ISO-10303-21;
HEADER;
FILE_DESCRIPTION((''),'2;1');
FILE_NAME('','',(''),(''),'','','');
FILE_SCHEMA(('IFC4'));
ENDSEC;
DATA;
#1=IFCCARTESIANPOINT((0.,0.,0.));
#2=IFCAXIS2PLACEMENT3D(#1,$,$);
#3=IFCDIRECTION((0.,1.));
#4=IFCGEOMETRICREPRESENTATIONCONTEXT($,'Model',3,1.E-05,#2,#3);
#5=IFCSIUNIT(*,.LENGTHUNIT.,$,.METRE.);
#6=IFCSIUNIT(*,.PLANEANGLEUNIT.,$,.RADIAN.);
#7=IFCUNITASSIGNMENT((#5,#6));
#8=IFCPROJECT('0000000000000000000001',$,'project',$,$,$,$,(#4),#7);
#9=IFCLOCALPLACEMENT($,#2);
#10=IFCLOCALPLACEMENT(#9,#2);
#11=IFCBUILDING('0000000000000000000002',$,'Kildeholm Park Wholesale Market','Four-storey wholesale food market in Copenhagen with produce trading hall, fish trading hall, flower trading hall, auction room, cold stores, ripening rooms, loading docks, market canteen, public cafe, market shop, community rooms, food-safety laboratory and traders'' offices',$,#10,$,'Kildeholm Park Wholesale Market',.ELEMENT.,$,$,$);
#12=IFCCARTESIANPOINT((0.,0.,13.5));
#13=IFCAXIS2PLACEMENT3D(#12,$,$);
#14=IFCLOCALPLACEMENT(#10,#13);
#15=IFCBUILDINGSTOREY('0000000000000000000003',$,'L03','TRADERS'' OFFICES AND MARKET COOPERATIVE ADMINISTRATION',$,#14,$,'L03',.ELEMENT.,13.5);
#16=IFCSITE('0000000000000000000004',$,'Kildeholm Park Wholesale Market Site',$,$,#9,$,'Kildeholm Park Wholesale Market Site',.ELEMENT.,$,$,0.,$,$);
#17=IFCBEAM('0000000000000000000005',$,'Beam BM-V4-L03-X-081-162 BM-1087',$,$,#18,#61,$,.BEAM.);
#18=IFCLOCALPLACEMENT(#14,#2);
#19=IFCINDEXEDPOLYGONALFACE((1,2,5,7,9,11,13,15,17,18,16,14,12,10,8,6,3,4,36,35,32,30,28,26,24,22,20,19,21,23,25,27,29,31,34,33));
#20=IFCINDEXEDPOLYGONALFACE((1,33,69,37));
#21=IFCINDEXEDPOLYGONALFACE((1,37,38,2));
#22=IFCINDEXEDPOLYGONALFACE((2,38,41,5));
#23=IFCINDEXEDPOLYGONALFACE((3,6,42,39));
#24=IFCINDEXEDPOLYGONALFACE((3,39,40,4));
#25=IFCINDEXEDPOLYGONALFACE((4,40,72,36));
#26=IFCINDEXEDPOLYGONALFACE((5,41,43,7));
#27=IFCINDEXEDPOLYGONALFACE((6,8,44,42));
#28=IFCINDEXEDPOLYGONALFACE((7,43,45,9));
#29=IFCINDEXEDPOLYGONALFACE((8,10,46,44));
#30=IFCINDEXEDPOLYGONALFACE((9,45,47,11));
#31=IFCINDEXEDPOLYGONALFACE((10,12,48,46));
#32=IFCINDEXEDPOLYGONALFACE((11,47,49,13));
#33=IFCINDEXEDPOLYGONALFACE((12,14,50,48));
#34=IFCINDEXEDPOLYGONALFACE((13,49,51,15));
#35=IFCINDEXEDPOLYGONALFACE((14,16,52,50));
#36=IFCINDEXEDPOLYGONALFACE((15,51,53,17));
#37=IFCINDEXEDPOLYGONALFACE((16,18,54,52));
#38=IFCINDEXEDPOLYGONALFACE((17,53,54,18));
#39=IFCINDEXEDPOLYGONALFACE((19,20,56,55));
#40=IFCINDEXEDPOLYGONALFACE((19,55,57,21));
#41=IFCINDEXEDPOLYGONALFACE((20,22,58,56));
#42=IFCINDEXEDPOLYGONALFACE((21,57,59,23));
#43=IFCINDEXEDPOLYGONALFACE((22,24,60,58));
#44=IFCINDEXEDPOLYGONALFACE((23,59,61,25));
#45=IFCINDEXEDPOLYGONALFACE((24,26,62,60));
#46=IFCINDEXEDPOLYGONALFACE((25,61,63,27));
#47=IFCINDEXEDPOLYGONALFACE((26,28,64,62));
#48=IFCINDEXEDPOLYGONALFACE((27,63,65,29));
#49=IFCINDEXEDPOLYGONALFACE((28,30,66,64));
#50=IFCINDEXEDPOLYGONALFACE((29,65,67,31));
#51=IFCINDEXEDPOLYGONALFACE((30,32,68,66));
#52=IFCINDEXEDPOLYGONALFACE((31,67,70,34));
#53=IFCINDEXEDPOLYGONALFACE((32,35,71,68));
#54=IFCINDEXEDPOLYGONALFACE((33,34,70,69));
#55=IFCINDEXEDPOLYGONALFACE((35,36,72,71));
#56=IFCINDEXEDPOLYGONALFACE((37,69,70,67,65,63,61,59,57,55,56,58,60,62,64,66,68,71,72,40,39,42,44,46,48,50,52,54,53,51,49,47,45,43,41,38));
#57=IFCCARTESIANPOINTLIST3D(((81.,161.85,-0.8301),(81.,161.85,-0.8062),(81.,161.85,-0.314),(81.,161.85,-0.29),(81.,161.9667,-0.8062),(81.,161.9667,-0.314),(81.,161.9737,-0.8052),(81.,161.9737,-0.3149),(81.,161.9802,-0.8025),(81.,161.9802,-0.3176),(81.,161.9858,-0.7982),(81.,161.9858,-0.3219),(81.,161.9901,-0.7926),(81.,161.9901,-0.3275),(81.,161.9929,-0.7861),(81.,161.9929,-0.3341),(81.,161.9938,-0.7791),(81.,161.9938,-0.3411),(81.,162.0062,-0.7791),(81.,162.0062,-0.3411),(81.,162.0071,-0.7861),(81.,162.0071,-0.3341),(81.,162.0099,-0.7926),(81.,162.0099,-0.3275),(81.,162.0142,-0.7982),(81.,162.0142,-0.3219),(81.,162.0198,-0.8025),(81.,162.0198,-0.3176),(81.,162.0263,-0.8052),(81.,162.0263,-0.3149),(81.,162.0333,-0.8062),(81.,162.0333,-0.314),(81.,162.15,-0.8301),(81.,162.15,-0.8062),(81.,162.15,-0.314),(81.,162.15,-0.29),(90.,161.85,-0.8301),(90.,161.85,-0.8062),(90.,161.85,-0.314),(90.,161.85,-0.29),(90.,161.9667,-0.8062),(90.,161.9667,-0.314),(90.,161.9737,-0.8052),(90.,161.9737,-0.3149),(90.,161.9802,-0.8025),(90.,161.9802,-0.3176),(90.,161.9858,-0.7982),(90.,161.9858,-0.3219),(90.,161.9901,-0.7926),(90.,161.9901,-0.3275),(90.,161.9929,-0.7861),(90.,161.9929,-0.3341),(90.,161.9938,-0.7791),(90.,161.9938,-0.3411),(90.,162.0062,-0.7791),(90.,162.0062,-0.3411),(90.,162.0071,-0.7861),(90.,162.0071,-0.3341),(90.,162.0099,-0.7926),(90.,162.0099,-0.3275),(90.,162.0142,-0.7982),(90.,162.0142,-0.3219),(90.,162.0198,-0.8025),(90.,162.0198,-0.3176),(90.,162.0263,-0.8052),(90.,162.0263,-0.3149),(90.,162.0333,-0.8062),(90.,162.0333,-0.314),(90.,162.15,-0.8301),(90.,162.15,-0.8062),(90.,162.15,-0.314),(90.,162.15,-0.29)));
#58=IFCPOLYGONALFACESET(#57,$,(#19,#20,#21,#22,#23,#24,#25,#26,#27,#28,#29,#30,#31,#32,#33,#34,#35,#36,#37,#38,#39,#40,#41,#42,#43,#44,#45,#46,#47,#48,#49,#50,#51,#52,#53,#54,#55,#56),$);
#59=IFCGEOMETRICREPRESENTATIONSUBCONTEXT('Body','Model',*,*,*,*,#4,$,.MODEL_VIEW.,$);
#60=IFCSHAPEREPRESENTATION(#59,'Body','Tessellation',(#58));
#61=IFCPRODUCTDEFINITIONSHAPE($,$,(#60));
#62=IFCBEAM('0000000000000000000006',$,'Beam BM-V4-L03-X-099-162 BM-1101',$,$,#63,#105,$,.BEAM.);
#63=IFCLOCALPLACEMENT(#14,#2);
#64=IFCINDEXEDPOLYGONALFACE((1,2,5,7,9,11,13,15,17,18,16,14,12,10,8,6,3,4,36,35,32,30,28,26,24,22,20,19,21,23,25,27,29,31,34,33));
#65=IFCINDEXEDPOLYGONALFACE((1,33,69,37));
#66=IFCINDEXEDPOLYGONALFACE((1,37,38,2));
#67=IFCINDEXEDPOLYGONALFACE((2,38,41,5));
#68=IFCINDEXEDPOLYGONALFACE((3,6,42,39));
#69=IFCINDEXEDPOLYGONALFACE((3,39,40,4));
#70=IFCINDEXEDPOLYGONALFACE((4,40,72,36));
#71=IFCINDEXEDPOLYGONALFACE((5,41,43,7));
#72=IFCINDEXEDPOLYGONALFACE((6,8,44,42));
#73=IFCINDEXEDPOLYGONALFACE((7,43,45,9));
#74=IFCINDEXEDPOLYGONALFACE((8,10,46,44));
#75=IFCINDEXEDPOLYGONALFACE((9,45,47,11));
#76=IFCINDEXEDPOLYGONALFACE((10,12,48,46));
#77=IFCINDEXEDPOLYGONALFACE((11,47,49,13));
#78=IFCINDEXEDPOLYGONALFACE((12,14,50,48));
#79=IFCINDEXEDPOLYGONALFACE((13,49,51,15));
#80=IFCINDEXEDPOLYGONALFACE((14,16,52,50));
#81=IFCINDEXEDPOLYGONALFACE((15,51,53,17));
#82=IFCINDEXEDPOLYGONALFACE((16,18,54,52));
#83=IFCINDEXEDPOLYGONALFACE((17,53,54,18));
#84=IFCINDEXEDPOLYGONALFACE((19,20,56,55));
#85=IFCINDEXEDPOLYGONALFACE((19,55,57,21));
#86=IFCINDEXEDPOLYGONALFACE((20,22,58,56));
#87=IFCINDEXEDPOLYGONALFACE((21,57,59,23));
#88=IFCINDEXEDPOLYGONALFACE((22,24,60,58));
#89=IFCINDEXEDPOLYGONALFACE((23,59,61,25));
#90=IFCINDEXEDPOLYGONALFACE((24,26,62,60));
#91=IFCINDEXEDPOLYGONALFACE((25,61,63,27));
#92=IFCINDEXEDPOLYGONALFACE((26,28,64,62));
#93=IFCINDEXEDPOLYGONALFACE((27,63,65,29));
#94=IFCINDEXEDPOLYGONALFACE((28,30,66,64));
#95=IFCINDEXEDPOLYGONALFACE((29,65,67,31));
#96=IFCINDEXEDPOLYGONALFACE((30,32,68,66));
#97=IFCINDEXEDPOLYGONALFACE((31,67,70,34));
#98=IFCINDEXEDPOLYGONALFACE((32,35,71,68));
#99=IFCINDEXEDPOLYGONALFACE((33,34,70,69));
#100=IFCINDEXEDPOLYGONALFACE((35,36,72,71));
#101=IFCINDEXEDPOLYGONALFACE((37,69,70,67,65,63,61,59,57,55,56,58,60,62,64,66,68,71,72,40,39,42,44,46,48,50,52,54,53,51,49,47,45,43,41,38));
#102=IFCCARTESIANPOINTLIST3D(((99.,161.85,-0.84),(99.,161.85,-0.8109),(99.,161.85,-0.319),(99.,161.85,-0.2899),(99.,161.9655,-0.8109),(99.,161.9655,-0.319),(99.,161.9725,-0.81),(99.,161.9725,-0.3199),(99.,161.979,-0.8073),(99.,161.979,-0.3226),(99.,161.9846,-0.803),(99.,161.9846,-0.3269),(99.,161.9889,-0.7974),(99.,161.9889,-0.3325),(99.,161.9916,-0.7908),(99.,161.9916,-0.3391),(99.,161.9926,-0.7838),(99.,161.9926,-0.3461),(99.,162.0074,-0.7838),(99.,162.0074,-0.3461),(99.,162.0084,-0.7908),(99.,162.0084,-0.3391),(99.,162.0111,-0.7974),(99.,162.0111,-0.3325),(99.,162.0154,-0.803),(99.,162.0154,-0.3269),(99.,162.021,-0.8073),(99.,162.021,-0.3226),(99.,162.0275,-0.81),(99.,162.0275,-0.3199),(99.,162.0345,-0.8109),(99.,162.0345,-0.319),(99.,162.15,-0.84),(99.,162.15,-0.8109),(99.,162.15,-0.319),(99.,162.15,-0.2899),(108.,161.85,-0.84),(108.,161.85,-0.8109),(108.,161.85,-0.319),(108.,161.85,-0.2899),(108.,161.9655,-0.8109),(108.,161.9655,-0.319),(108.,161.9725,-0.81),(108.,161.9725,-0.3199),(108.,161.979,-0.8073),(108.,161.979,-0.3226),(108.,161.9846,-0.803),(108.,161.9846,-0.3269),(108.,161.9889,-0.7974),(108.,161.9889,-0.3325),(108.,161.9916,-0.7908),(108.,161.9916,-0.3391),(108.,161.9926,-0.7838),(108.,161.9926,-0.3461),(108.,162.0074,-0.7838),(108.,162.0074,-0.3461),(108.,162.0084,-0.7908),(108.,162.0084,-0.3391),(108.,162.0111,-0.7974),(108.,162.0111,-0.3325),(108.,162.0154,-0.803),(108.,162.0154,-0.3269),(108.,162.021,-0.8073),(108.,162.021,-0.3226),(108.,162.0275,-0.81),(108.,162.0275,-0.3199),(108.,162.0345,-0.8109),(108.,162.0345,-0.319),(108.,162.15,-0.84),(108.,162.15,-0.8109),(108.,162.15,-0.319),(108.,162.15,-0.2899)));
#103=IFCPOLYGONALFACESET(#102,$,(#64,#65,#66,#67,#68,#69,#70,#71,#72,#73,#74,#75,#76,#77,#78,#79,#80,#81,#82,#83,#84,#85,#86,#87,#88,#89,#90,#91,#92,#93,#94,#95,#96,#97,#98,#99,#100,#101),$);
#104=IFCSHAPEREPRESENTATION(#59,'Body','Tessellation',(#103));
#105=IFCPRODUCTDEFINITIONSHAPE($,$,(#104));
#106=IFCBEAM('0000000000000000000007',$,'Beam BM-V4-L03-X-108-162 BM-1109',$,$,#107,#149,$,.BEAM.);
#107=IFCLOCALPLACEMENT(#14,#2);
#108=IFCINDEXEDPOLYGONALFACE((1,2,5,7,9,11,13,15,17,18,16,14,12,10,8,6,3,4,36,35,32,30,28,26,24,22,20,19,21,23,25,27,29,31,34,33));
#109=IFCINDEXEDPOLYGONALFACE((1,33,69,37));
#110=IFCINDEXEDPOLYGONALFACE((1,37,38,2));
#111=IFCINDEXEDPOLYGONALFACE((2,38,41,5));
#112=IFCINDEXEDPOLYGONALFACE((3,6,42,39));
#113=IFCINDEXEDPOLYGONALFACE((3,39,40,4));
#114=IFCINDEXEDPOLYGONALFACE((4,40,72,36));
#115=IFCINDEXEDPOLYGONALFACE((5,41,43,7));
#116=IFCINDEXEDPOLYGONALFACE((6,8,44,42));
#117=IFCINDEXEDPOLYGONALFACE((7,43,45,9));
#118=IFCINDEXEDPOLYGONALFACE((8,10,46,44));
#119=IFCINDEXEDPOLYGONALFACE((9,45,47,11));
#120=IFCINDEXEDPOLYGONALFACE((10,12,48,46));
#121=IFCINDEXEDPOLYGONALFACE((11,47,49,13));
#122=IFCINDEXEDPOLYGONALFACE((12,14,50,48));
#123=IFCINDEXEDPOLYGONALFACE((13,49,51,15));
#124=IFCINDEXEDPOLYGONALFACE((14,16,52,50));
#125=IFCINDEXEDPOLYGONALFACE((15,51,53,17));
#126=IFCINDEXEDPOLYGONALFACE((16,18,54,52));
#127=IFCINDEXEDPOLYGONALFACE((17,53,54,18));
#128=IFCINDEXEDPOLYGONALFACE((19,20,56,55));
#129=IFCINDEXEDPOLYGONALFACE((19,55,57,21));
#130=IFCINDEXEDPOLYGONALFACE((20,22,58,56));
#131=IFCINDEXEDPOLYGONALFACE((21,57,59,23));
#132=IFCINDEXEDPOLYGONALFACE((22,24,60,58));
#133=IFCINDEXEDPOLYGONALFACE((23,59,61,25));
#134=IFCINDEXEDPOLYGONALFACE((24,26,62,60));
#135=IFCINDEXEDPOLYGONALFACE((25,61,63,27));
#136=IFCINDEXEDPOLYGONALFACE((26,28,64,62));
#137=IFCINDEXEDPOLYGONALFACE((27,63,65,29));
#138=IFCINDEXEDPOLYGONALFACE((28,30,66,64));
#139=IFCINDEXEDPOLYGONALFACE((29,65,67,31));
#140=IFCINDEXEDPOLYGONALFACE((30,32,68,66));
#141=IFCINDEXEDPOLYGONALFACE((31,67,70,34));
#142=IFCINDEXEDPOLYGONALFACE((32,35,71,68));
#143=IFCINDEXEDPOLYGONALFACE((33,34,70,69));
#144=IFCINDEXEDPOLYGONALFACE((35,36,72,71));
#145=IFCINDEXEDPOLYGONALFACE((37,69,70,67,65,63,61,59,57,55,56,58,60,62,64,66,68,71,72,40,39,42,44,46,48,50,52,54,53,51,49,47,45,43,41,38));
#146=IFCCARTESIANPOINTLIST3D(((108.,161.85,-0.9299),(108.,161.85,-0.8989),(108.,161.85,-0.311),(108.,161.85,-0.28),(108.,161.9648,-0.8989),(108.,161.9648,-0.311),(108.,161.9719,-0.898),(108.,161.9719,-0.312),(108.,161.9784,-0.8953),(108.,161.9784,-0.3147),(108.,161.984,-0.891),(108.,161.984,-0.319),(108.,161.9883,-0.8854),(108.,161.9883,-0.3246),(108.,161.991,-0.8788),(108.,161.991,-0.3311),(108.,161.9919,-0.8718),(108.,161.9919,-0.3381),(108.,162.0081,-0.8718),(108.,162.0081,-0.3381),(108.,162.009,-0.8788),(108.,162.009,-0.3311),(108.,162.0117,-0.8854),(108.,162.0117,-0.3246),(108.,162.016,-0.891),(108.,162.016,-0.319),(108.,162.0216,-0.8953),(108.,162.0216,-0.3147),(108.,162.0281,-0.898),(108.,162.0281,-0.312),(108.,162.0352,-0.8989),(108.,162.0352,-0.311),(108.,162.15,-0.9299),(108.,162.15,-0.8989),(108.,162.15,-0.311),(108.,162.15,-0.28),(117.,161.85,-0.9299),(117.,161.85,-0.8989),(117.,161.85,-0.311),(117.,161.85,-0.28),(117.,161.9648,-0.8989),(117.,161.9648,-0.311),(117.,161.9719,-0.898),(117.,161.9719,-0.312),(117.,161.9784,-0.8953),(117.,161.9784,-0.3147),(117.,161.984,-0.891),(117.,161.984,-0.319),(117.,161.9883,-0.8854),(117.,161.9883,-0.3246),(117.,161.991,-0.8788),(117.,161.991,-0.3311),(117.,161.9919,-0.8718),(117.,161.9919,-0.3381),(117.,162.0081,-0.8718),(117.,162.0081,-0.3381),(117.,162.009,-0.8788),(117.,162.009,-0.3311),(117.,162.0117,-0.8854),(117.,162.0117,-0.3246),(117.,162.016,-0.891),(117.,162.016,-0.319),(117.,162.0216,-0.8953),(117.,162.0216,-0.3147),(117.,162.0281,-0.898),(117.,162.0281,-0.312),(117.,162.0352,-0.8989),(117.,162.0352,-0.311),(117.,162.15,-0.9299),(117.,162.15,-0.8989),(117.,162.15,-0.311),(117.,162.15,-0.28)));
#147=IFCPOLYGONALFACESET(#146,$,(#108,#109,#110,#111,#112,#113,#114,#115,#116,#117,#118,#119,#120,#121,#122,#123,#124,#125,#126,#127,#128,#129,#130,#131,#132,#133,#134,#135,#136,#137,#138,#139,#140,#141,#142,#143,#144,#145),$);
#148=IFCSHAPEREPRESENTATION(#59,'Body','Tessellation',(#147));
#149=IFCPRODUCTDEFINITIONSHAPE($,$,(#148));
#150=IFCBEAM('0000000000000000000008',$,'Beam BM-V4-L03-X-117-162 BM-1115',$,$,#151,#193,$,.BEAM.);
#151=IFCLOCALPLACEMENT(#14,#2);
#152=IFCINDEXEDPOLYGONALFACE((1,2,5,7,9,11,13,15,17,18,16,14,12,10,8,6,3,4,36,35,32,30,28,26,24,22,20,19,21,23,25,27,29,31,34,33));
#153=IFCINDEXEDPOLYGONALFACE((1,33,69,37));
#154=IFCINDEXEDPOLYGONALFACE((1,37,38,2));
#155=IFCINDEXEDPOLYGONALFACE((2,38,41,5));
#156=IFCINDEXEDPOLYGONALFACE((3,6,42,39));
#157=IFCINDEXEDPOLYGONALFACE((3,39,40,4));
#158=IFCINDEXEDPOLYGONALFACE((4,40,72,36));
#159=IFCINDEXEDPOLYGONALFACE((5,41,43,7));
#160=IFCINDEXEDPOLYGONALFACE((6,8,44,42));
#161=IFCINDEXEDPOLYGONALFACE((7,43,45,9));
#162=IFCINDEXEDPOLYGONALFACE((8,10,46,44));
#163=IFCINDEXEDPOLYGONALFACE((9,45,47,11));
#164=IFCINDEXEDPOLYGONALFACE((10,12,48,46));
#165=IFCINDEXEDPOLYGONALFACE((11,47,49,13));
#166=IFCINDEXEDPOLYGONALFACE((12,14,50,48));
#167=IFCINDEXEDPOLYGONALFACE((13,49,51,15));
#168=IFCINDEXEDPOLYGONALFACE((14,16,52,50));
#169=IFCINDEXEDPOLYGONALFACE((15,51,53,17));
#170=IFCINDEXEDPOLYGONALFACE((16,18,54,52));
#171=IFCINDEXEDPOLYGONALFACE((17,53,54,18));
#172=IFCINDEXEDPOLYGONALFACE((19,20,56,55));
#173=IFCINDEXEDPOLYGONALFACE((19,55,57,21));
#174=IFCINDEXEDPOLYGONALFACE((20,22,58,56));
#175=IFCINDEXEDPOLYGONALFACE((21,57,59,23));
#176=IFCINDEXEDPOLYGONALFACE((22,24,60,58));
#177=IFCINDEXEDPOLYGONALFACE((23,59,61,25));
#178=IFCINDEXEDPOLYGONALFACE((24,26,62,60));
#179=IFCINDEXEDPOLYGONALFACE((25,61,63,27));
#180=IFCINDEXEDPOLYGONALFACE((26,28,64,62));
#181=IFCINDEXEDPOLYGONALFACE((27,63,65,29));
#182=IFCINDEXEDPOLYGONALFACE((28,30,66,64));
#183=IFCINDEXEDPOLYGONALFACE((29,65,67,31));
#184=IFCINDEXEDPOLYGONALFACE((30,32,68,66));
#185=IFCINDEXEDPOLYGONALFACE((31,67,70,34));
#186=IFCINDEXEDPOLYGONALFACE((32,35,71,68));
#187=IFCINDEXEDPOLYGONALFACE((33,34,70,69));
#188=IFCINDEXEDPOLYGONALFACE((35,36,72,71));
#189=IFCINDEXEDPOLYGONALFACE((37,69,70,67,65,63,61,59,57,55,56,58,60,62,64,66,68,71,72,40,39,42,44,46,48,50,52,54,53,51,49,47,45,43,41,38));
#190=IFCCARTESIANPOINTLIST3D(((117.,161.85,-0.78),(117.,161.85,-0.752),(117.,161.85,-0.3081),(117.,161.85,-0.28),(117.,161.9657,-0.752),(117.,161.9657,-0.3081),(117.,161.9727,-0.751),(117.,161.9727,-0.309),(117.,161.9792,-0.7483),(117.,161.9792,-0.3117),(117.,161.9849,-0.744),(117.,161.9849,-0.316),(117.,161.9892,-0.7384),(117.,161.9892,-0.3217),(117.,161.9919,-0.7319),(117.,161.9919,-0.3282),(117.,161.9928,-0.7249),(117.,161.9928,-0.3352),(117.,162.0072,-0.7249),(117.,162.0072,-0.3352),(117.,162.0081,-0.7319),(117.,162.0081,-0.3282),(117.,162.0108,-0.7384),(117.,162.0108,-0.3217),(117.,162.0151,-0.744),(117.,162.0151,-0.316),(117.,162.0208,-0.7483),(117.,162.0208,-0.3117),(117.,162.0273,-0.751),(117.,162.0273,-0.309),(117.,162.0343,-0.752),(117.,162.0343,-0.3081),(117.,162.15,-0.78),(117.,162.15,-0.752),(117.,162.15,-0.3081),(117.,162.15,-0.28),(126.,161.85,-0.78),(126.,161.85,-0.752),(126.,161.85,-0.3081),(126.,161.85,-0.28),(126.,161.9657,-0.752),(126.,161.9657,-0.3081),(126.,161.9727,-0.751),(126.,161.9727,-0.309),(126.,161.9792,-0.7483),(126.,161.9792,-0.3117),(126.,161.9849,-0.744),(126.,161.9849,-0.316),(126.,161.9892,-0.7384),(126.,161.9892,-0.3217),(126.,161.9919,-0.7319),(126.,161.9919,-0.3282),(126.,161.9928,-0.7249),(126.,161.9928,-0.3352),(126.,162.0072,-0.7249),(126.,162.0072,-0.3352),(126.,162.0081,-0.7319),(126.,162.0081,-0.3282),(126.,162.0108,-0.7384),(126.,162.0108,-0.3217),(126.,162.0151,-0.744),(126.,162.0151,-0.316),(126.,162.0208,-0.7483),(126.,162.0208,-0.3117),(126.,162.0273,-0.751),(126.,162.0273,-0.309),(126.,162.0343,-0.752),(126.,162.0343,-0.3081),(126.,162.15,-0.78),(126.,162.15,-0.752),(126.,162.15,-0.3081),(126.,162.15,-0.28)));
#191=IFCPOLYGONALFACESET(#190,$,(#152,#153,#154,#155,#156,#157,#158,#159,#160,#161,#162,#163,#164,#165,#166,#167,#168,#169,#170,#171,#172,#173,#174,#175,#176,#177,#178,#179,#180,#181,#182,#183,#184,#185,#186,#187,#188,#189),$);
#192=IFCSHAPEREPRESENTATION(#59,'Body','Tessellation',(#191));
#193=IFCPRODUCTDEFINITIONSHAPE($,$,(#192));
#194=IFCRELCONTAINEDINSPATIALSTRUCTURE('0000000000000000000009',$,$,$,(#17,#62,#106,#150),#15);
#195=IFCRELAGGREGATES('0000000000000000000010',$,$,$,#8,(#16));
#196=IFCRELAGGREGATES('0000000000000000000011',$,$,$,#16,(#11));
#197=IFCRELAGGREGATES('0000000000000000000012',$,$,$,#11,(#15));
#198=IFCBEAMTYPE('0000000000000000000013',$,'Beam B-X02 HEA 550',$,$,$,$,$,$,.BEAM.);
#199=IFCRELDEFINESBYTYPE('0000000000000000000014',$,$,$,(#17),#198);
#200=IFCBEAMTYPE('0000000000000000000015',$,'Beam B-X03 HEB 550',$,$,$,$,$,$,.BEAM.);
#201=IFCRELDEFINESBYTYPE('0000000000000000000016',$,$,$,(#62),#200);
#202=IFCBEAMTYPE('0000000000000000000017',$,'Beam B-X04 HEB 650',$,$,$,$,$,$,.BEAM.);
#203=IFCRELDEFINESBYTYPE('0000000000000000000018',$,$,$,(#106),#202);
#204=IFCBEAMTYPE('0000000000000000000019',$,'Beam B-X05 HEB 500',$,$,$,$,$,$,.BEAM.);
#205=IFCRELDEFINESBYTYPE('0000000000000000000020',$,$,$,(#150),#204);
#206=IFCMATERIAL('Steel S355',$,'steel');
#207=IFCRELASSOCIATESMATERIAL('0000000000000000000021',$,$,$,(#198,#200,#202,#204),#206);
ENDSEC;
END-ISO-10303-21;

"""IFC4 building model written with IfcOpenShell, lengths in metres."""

from ifc_helpers import new_model, si_unit, direction, frame, origin, origin_2d, place, context, subcontext, project, spatial, i_section, extrude, material, material_profile, profile_set, type_object, element, save


model = new_model("IFC4")

# Units and contexts
model_context = context("Model", 3, precision=1e-05, world=origin(), true_north=direction((0.0, 1.0)))
body_context = subcontext(model_context, "Body", "Model", "MODEL_VIEW")
ifc_project = project(units=[si_unit("LENGTHUNIT", "METRE"), si_unit("PLANEANGLEUNIT", "RADIAN")], contexts=[model_context])

# Site, building, storey
site_placement = place(None, origin())
site = spatial("IfcSite", under=ifc_project, at=site_placement, Name="Kildeholm Park Wholesale Market Site", LongName="Kildeholm Park Wholesale Market Site", CompositionType="ELEMENT", RefElevation=0.0)
building_placement = place(site_placement, origin())
building = spatial("IfcBuilding", under=site, at=building_placement, Name="Kildeholm Park Wholesale Market", Description="Four-storey wholesale food market in Copenhagen with produce trading hall, fish trading hall, flower trading hall, auction room, cold stores, ripening rooms, loading docks, market canteen, public cafe, market shop, community rooms, food-safety laboratory and traders' offices", LongName="Kildeholm Park Wholesale Market", CompositionType="ELEMENT")
storey_placement = place(building_placement, frame((0.0, 0.0, 13.5)))
storey = spatial("IfcBuildingStorey", under=building, at=storey_placement, Name="L03", Description="TRADERS' OFFICES AND MARKET COOPERATIVE ADMINISTRATION", LongName="L03", CompositionType="ELEMENT", Elevation=13.5)

# Beams
ifc_material_1 = material(Name="Steel S355", Category="steel")
ifc_material_profile_1 = material_profile(ifc_material_1, i_section(OverallWidth=0.3, OverallDepth=0.54, WebThickness=0.0125, FlangeThickness=0.0239, FilletRadius=0.0271, at=origin_2d()), Name="HEA 550")
ifc_profile_set_1 = profile_set([ifc_material_profile_1], Name="Steel S355")
beam_type_1 = type_object("IfcBeamType", Name="Beam B-X02 HEA 550", PredefinedType="BEAM", material=ifc_profile_set_1)
beam_1_placement = place(storey_placement, frame((81.0, 162.0, -0.5601), z_axis=(1.0, 0.0, 0.0), x_axis=(0.0, 1.0, 0.0)))
element("IfcBeam", 1, at=beam_1_placement, inside=storey, type_object=beam_type_1, Name="Beam BM-V4-L03-X-081-162 BM-1087", PredefinedType="BEAM", context=body_context, shape_type="SweptSolid", body=[
    extrude(i_section(OverallWidth=0.3, OverallDepth=0.54, WebThickness=0.0125, FlangeThickness=0.0239, FilletRadius=0.0271, at=origin_2d()), origin(), (0.0, 0.0, 1.0), 9.0),
])
ifc_material_profile_2 = material_profile(ifc_material_1, i_section(OverallWidth=0.3, OverallDepth=0.55, WebThickness=0.0149, FlangeThickness=0.0291, FilletRadius=0.0271, at=origin_2d()), Name="HEB 550")
ifc_profile_set_2 = profile_set([ifc_material_profile_2], Name="Steel S355")
beam_type_2 = type_object("IfcBeamType", Name="Beam B-X03 HEB 550", PredefinedType="BEAM", material=ifc_profile_set_2)
beam_2_placement = place(storey_placement, frame((99.0, 162.0, -0.5649), z_axis=(1.0, 0.0, 0.0), x_axis=(0.0, 1.0, 0.0)))
element("IfcBeam", 2, at=beam_2_placement, inside=storey, type_object=beam_type_2, Name="Beam BM-V4-L03-X-099-162 BM-1101", PredefinedType="BEAM", context=body_context, shape_type="SweptSolid", body=[
    extrude(i_section(OverallWidth=0.3, OverallDepth=0.55, WebThickness=0.0149, FlangeThickness=0.0291, FilletRadius=0.0271, at=origin_2d()), origin(), (0.0, 0.0, 1.0), 9.0),
])
ifc_material_profile_3 = material_profile(ifc_material_1, i_section(OverallWidth=0.3, OverallDepth=0.6499, WebThickness=0.0161, FlangeThickness=0.031, FilletRadius=0.0271, at=origin_2d()), Name="HEB 650")
ifc_profile_set_3 = profile_set([ifc_material_profile_3], Name="Steel S355")
beam_type_3 = type_object("IfcBeamType", Name="Beam B-X04 HEB 650", PredefinedType="BEAM", material=ifc_profile_set_3)
beam_3_placement = place(storey_placement, frame((108.0, 162.0, -0.605), z_axis=(1.0, 0.0, 0.0), x_axis=(0.0, 1.0, 0.0)))
element("IfcBeam", 3, at=beam_3_placement, inside=storey, type_object=beam_type_3, Name="Beam BM-V4-L03-X-108-162 BM-1109", PredefinedType="BEAM", context=body_context, shape_type="SweptSolid", body=[
    extrude(i_section(OverallWidth=0.3, OverallDepth=0.6499, WebThickness=0.0161, FlangeThickness=0.031, FilletRadius=0.0271, at=origin_2d()), origin(), (0.0, 0.0, 1.0), 9.0),
])
ifc_material_profile_4 = material_profile(ifc_material_1, i_section(OverallWidth=0.3, OverallDepth=0.5, WebThickness=0.0144, FlangeThickness=0.0281, FilletRadius=0.0271, at=origin_2d()), Name="HEB 500")
ifc_profile_set_4 = profile_set([ifc_material_profile_4], Name="Steel S355")
beam_type_4 = type_object("IfcBeamType", Name="Beam B-X05 HEB 500", PredefinedType="BEAM", material=ifc_profile_set_4)
beam_4_placement = place(storey_placement, frame((117.0, 162.0, -0.53), z_axis=(1.0, 0.0, 0.0), x_axis=(0.0, 1.0, 0.0)))
element("IfcBeam", 4, at=beam_4_placement, inside=storey, type_object=beam_type_4, Name="Beam BM-V4-L03-X-117-162 BM-1115", PredefinedType="BEAM", context=body_context, shape_type="SweptSolid", body=[
    extrude(i_section(OverallWidth=0.3, OverallDepth=0.5, WebThickness=0.0144, FlangeThickness=0.0281, FilletRadius=0.0271, at=origin_2d()), origin(), (0.0, 0.0, 1.0), 9.0),
])

save(model, "model.ifc")
